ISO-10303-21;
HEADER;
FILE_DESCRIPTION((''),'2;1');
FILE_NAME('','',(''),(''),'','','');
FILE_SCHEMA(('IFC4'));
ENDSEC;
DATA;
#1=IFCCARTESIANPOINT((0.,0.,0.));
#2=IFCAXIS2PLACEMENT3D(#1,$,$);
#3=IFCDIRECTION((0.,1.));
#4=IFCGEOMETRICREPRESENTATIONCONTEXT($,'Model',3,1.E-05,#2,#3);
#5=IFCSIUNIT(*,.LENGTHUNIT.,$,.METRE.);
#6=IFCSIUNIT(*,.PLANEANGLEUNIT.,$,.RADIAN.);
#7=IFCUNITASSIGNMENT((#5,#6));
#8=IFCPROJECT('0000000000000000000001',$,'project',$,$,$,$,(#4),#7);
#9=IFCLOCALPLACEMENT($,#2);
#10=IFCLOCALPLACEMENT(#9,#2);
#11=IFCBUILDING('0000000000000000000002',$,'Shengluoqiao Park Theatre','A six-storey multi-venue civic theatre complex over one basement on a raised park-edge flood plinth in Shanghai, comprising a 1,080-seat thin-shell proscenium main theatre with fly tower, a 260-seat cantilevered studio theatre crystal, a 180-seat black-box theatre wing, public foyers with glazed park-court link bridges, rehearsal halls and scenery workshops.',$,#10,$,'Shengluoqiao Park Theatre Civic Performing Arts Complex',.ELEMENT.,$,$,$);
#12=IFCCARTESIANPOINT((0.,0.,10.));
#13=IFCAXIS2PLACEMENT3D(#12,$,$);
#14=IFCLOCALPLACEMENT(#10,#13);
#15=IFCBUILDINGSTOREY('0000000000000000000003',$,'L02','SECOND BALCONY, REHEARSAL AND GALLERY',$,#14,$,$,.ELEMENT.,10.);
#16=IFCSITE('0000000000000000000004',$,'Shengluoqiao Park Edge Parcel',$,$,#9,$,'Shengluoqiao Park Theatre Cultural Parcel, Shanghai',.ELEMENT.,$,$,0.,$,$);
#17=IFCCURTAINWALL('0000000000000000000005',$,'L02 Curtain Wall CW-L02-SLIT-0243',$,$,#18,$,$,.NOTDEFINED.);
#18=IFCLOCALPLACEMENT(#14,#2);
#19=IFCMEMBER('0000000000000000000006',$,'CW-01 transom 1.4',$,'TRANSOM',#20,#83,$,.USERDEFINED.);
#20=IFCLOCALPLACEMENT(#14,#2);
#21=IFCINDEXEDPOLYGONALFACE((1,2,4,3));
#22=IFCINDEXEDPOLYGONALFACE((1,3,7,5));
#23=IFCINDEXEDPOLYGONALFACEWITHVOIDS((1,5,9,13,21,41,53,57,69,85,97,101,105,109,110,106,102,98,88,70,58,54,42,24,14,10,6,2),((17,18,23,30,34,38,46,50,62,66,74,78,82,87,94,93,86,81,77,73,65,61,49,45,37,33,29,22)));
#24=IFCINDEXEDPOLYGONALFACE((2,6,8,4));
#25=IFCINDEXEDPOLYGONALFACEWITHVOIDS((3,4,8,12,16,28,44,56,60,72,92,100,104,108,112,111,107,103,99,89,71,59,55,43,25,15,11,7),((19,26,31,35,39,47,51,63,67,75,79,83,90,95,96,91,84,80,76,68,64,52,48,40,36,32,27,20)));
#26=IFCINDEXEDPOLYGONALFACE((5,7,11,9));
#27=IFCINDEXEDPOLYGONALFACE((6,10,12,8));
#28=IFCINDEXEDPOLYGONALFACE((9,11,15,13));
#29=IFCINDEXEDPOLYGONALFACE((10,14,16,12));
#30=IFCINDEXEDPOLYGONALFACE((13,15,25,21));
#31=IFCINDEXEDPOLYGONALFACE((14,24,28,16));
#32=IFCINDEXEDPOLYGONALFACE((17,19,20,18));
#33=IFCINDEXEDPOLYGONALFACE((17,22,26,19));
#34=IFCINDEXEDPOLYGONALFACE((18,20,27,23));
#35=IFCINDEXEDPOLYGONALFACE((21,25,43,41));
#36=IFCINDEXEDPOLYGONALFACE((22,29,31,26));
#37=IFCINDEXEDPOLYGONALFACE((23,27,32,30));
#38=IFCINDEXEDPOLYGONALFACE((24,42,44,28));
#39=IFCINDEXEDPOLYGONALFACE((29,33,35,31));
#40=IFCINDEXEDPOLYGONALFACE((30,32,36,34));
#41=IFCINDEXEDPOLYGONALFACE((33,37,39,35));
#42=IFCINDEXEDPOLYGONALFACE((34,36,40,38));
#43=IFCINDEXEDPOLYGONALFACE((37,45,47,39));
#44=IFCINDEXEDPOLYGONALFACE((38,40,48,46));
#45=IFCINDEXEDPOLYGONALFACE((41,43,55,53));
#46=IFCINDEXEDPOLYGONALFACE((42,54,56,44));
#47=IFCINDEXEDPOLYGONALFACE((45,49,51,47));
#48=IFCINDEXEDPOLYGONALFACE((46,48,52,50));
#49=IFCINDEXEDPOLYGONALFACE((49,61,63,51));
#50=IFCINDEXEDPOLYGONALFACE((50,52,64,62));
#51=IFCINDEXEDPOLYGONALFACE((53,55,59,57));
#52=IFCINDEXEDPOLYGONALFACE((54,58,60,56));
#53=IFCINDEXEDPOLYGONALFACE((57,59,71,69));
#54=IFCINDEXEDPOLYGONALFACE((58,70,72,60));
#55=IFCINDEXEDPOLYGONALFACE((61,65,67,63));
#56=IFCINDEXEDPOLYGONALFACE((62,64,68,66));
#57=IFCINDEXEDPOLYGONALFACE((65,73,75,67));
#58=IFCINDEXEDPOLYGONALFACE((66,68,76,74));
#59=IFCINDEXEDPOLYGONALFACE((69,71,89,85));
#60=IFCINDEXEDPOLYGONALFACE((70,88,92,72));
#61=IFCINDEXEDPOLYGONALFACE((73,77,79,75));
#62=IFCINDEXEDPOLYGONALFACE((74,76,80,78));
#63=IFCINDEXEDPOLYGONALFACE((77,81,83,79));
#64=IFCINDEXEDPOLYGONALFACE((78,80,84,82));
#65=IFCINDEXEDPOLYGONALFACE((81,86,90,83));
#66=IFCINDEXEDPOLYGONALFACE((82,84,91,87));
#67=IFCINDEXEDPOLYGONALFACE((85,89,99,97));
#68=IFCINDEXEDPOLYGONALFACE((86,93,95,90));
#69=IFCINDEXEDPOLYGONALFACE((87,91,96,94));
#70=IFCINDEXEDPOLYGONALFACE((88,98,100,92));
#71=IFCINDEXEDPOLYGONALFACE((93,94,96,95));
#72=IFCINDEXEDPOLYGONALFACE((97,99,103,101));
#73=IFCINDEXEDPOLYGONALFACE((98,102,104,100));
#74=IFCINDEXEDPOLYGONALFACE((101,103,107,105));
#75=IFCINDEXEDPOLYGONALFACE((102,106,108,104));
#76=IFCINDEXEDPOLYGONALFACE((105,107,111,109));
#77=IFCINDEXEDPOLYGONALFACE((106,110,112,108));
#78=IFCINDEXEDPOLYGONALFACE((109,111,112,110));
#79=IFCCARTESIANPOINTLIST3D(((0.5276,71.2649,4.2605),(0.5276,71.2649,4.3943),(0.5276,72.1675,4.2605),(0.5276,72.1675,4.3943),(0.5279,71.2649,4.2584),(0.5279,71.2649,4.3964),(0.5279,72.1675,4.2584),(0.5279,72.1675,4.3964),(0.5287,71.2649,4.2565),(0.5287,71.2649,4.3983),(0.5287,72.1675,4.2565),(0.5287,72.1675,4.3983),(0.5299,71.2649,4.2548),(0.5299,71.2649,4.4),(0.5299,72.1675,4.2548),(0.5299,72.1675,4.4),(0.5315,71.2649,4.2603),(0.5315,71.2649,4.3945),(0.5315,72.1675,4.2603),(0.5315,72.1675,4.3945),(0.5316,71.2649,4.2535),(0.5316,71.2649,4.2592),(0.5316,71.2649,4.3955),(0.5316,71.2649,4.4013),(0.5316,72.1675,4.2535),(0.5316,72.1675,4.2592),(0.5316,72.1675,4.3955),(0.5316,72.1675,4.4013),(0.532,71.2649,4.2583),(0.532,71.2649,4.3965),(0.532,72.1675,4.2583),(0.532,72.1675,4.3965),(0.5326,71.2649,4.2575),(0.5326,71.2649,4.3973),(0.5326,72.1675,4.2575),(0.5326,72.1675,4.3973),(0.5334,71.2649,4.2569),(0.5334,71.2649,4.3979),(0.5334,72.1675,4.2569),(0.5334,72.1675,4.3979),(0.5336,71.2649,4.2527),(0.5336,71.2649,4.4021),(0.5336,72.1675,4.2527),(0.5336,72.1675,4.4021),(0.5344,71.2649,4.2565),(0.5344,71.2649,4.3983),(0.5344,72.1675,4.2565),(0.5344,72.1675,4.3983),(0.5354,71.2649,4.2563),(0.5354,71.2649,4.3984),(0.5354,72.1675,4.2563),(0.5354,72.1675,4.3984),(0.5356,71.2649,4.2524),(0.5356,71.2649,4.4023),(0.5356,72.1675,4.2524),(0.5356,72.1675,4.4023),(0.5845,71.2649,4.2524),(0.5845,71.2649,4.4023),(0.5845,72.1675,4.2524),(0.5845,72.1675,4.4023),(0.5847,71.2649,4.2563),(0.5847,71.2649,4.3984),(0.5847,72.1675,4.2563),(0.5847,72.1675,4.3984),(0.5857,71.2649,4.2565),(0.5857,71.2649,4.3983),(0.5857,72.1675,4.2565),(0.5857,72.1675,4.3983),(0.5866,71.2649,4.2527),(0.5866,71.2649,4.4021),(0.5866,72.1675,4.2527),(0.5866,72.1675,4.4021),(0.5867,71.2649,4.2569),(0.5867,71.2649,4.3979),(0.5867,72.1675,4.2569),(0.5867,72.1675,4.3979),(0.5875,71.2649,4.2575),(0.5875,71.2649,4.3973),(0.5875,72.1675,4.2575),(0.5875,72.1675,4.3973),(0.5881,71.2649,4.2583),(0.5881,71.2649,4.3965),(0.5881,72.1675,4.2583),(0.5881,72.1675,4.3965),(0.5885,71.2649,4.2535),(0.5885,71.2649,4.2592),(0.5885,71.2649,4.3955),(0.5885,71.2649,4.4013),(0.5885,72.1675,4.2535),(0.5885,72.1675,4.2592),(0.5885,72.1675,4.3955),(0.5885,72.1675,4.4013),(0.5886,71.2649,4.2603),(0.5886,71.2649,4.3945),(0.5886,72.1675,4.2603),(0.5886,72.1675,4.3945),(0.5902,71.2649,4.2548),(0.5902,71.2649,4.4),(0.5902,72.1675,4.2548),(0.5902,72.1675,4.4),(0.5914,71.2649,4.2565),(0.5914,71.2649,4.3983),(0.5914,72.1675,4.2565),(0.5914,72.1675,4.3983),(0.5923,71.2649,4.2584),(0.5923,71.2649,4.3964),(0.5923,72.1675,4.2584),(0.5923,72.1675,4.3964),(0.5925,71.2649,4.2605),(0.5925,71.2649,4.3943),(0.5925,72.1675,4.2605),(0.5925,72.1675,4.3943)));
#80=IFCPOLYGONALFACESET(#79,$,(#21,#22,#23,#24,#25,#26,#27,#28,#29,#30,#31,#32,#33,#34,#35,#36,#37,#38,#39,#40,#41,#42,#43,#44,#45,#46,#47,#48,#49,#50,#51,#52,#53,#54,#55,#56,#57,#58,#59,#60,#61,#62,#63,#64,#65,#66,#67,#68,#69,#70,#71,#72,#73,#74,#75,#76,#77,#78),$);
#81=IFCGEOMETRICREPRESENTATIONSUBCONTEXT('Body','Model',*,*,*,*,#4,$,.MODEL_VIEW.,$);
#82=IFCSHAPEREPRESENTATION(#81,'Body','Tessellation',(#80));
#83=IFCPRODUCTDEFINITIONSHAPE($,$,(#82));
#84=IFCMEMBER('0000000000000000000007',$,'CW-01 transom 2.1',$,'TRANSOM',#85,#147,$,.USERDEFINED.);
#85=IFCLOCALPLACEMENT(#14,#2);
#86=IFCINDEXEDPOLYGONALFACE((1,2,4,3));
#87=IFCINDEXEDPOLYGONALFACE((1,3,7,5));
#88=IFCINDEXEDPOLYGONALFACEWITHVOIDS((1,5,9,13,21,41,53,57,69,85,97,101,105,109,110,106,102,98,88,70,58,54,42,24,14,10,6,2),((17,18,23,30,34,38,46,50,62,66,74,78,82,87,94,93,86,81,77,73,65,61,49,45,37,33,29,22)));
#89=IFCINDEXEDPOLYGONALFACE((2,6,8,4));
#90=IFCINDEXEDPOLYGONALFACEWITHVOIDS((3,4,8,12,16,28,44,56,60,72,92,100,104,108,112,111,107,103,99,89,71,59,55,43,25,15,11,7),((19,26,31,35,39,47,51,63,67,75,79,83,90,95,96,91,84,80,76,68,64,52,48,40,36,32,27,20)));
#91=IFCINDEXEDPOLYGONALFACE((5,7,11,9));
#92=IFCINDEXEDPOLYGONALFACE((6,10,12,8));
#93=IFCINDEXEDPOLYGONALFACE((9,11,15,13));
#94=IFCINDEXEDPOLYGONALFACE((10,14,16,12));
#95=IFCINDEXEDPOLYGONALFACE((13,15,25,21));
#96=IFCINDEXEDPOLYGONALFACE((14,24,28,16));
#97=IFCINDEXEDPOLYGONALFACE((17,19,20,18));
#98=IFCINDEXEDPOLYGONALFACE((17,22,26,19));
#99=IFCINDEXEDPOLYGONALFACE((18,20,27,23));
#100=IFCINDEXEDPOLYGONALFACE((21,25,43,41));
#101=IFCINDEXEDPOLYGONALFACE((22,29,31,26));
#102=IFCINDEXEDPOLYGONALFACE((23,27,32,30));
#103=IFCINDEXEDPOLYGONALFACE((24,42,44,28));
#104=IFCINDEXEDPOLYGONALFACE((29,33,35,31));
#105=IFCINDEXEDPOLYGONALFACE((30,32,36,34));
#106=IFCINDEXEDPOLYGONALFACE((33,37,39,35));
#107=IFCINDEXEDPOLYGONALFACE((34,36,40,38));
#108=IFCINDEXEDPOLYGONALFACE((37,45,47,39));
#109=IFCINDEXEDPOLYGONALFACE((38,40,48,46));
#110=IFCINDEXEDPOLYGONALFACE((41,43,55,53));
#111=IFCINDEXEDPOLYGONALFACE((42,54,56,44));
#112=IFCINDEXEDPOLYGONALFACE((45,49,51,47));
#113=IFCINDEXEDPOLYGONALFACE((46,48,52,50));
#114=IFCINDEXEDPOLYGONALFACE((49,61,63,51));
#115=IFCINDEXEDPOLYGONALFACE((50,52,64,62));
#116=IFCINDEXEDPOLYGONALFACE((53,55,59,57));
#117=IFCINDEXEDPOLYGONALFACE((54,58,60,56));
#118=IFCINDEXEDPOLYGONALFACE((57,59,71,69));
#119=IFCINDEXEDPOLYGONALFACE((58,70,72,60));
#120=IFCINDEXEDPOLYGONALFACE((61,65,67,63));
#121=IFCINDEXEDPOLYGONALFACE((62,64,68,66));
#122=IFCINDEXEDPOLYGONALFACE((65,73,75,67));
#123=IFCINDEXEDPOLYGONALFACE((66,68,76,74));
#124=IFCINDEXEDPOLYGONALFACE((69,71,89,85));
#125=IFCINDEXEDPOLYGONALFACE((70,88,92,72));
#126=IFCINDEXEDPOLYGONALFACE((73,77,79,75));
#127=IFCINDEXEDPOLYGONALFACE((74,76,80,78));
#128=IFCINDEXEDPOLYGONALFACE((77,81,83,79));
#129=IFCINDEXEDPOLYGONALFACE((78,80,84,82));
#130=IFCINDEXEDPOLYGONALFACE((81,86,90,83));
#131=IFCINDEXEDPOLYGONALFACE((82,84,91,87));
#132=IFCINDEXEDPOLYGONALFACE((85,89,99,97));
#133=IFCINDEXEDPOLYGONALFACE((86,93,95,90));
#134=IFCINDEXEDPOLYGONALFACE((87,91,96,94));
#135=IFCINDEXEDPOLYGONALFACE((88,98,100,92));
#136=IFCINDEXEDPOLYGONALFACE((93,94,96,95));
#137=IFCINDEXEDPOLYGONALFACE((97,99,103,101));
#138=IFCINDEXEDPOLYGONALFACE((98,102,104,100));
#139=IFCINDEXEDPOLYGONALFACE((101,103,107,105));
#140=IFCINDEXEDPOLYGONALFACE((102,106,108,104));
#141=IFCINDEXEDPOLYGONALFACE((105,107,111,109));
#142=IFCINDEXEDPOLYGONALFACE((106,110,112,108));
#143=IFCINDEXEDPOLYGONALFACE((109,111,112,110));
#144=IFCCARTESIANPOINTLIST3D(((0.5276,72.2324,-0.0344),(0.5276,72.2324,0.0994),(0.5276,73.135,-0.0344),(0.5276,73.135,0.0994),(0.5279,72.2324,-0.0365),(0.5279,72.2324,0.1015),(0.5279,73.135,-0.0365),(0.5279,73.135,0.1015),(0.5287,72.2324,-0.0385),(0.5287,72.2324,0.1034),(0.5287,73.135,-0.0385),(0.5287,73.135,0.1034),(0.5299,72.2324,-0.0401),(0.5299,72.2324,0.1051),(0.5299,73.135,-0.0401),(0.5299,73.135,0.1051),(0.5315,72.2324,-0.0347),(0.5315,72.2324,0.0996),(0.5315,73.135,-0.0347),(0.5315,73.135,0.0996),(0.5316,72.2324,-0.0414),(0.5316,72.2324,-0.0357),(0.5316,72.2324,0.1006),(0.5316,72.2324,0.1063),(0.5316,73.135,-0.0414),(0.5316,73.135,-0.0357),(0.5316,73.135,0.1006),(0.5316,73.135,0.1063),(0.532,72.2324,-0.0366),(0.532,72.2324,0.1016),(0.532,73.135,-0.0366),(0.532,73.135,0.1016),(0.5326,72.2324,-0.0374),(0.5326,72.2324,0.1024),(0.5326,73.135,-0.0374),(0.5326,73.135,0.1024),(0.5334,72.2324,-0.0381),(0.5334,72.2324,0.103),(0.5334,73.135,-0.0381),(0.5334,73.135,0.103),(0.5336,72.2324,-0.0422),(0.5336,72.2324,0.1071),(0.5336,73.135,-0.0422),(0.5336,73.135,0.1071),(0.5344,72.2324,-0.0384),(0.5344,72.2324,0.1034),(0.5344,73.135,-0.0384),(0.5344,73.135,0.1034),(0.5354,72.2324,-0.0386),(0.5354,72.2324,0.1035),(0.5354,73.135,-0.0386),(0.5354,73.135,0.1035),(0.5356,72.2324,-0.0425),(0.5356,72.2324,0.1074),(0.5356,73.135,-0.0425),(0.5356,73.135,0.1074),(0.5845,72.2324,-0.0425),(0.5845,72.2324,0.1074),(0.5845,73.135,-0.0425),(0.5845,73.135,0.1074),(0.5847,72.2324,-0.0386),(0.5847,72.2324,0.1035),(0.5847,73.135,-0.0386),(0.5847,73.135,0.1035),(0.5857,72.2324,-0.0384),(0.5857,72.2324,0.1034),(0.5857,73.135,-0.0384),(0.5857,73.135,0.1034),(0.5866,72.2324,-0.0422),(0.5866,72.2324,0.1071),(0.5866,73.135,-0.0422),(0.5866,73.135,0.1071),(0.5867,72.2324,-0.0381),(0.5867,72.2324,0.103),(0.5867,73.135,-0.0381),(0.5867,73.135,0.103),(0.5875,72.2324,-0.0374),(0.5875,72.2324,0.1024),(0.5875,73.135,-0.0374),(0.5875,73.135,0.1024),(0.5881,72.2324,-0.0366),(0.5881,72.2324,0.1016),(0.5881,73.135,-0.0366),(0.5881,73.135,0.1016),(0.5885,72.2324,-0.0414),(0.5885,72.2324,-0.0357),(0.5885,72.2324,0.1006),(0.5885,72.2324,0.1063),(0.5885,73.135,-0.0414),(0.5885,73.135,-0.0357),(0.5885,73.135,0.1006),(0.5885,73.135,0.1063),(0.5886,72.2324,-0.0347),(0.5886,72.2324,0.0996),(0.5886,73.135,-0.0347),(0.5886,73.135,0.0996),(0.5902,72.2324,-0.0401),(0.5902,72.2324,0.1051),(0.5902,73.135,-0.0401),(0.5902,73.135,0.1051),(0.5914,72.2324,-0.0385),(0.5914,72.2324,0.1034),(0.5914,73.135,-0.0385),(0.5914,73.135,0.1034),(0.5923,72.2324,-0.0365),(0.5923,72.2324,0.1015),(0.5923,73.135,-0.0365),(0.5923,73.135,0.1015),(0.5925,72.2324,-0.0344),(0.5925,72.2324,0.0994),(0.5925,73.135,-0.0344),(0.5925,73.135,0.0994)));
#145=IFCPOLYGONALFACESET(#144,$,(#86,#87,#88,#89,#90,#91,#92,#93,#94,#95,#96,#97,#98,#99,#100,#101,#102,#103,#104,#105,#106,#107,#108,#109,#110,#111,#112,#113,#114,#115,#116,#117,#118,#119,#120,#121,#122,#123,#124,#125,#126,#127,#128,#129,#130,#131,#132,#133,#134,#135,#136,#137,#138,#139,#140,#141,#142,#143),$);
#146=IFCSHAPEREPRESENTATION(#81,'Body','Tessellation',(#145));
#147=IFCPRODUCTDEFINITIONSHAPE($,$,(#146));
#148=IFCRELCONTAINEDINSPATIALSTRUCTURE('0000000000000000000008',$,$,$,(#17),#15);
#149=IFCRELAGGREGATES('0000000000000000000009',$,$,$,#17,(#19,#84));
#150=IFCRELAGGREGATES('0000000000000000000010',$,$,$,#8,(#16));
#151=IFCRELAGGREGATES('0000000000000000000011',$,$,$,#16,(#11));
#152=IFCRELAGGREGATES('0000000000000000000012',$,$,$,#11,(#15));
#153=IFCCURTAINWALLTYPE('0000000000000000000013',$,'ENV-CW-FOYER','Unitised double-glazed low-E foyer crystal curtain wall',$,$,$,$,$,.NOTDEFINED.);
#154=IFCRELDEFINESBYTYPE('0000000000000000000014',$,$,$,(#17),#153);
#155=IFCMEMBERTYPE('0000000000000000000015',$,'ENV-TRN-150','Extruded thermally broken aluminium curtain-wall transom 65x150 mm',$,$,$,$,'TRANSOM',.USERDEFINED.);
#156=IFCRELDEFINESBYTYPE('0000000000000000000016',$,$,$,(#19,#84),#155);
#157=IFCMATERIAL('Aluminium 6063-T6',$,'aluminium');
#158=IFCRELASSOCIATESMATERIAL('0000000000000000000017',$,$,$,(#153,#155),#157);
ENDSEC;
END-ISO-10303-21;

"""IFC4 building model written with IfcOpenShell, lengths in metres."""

from ifc_helpers import new_model, si_unit, direction, frame, origin, origin_2d, place, context, subcontext, project, spatial, hollow_rectangle, extrude, material, material_profile, profile_set, type_object, element, aggregate, save


model = new_model("IFC4")

# Units and contexts
model_context = context("Model", 3, precision=1e-05, world=origin(), true_north=direction((0.0, 1.0)))
body_context = subcontext(model_context, "Body", "Model", "MODEL_VIEW")
ifc_project = project(units=[si_unit("LENGTHUNIT", "METRE"), si_unit("PLANEANGLEUNIT", "RADIAN")], contexts=[model_context])

# Site, building, storey
site_placement = place(None, origin())
site = spatial("IfcSite", under=ifc_project, at=site_placement, Name="Shengluoqiao Park Edge Parcel", LongName="Shengluoqiao Park Theatre Cultural Parcel, Shanghai", CompositionType="ELEMENT", RefElevation=0.0)
building_placement = place(site_placement, origin())
building = spatial("IfcBuilding", under=site, at=building_placement, Name="Shengluoqiao Park Theatre", Description="A six-storey multi-venue civic theatre complex over one basement on a raised park-edge flood plinth in Shanghai, comprising a 1,080-seat thin-shell proscenium main theatre with fly tower, a 260-seat cantilevered studio theatre crystal, a 180-seat black-box theatre wing, public foyers with glazed park-court link bridges, rehearsal halls and scenery workshops.", LongName="Shengluoqiao Park Theatre Civic Performing Arts Complex", CompositionType="ELEMENT")
storey_placement = place(building_placement, frame((0.0, 0.0, 10.0)))
storey = spatial("IfcBuildingStorey", under=building, at=storey_placement, Name="L02", Description="SECOND BALCONY, REHEARSAL AND GALLERY", CompositionType="ELEMENT", Elevation=10.0)

# Shared definitions
ifc_material_1 = material(Name="Aluminium 6063-T6", Category="aluminium")
curtain_wall_type = type_object("IfcCurtainWallType", Name="ENV-CW-FOYER", Description="Unitised double-glazed low-E foyer crystal curtain wall", PredefinedType="NOTDEFINED", material=ifc_material_1)

# Curtain wall, members
curtain_wall_1_placement = place(storey_placement, origin())
curtain_wall_1 = element("IfcCurtainWall", 1, at=curtain_wall_1_placement, inside=storey, type_object=curtain_wall_type, Name="L02 Curtain Wall CW-L02-SLIT-0243", PredefinedType="NOTDEFINED")
ifc_material_profile_1 = material_profile(ifc_material_1, hollow_rectangle(XDim=0.0649, YDim=0.1499, WallThickness=0.0039, InnerFilletRadius=0.0039, OuterFilletRadius=0.0081, at=origin_2d()), Name="ALU TRANSOM 150x65x4")
ifc_profile_set_1 = profile_set([ifc_material_profile_1], Name="Aluminium 6063-T6")
member_type_1 = type_object("IfcMemberType", Name="ENV-TRN-150", Description="Extruded thermally broken aluminium curtain-wall transom 65x150 mm", ElementType="TRANSOM", PredefinedType="USERDEFINED", material=ifc_profile_set_1)
member_1_placement = place(storey_placement, frame((0.5601, 71.2649, 4.3274), z_axis=(0.0, 1.0, 0.0), x_axis=(-1.0, 0.0, 0.0)))
member_1 = element("IfcMember", 2, at=member_1_placement, type_object=member_type_1, Name="CW-01 transom 1.4", ObjectType="TRANSOM", PredefinedType="USERDEFINED", context=body_context, shape_type="SweptSolid", body=[
    extrude(hollow_rectangle(XDim=0.0649, YDim=0.1499, WallThickness=0.0039, InnerFilletRadius=0.0039, OuterFilletRadius=0.0081, at=origin_2d()), origin(), (0.0, 0.0, 1.0), 0.9026),
])
member_2_placement = place(storey_placement, frame((0.5601, 72.2324, 0.0325), z_axis=(0.0, 1.0, 0.0), x_axis=(-1.0, 0.0, 0.0)))
member_2 = element("IfcMember", 3, at=member_2_placement, type_object=member_type_1, Name="CW-01 transom 2.1", ObjectType="TRANSOM", PredefinedType="USERDEFINED", context=body_context, shape_type="SweptSolid", body=[
    extrude(hollow_rectangle(XDim=0.0649, YDim=0.1499, WallThickness=0.0039, InnerFilletRadius=0.0039, OuterFilletRadius=0.0081, at=origin_2d()), origin(), (0.0, 0.0, 1.0), 0.9026),
])

aggregate(curtain_wall_1, [member_1, member_2])

save(model, "model.ifc")
